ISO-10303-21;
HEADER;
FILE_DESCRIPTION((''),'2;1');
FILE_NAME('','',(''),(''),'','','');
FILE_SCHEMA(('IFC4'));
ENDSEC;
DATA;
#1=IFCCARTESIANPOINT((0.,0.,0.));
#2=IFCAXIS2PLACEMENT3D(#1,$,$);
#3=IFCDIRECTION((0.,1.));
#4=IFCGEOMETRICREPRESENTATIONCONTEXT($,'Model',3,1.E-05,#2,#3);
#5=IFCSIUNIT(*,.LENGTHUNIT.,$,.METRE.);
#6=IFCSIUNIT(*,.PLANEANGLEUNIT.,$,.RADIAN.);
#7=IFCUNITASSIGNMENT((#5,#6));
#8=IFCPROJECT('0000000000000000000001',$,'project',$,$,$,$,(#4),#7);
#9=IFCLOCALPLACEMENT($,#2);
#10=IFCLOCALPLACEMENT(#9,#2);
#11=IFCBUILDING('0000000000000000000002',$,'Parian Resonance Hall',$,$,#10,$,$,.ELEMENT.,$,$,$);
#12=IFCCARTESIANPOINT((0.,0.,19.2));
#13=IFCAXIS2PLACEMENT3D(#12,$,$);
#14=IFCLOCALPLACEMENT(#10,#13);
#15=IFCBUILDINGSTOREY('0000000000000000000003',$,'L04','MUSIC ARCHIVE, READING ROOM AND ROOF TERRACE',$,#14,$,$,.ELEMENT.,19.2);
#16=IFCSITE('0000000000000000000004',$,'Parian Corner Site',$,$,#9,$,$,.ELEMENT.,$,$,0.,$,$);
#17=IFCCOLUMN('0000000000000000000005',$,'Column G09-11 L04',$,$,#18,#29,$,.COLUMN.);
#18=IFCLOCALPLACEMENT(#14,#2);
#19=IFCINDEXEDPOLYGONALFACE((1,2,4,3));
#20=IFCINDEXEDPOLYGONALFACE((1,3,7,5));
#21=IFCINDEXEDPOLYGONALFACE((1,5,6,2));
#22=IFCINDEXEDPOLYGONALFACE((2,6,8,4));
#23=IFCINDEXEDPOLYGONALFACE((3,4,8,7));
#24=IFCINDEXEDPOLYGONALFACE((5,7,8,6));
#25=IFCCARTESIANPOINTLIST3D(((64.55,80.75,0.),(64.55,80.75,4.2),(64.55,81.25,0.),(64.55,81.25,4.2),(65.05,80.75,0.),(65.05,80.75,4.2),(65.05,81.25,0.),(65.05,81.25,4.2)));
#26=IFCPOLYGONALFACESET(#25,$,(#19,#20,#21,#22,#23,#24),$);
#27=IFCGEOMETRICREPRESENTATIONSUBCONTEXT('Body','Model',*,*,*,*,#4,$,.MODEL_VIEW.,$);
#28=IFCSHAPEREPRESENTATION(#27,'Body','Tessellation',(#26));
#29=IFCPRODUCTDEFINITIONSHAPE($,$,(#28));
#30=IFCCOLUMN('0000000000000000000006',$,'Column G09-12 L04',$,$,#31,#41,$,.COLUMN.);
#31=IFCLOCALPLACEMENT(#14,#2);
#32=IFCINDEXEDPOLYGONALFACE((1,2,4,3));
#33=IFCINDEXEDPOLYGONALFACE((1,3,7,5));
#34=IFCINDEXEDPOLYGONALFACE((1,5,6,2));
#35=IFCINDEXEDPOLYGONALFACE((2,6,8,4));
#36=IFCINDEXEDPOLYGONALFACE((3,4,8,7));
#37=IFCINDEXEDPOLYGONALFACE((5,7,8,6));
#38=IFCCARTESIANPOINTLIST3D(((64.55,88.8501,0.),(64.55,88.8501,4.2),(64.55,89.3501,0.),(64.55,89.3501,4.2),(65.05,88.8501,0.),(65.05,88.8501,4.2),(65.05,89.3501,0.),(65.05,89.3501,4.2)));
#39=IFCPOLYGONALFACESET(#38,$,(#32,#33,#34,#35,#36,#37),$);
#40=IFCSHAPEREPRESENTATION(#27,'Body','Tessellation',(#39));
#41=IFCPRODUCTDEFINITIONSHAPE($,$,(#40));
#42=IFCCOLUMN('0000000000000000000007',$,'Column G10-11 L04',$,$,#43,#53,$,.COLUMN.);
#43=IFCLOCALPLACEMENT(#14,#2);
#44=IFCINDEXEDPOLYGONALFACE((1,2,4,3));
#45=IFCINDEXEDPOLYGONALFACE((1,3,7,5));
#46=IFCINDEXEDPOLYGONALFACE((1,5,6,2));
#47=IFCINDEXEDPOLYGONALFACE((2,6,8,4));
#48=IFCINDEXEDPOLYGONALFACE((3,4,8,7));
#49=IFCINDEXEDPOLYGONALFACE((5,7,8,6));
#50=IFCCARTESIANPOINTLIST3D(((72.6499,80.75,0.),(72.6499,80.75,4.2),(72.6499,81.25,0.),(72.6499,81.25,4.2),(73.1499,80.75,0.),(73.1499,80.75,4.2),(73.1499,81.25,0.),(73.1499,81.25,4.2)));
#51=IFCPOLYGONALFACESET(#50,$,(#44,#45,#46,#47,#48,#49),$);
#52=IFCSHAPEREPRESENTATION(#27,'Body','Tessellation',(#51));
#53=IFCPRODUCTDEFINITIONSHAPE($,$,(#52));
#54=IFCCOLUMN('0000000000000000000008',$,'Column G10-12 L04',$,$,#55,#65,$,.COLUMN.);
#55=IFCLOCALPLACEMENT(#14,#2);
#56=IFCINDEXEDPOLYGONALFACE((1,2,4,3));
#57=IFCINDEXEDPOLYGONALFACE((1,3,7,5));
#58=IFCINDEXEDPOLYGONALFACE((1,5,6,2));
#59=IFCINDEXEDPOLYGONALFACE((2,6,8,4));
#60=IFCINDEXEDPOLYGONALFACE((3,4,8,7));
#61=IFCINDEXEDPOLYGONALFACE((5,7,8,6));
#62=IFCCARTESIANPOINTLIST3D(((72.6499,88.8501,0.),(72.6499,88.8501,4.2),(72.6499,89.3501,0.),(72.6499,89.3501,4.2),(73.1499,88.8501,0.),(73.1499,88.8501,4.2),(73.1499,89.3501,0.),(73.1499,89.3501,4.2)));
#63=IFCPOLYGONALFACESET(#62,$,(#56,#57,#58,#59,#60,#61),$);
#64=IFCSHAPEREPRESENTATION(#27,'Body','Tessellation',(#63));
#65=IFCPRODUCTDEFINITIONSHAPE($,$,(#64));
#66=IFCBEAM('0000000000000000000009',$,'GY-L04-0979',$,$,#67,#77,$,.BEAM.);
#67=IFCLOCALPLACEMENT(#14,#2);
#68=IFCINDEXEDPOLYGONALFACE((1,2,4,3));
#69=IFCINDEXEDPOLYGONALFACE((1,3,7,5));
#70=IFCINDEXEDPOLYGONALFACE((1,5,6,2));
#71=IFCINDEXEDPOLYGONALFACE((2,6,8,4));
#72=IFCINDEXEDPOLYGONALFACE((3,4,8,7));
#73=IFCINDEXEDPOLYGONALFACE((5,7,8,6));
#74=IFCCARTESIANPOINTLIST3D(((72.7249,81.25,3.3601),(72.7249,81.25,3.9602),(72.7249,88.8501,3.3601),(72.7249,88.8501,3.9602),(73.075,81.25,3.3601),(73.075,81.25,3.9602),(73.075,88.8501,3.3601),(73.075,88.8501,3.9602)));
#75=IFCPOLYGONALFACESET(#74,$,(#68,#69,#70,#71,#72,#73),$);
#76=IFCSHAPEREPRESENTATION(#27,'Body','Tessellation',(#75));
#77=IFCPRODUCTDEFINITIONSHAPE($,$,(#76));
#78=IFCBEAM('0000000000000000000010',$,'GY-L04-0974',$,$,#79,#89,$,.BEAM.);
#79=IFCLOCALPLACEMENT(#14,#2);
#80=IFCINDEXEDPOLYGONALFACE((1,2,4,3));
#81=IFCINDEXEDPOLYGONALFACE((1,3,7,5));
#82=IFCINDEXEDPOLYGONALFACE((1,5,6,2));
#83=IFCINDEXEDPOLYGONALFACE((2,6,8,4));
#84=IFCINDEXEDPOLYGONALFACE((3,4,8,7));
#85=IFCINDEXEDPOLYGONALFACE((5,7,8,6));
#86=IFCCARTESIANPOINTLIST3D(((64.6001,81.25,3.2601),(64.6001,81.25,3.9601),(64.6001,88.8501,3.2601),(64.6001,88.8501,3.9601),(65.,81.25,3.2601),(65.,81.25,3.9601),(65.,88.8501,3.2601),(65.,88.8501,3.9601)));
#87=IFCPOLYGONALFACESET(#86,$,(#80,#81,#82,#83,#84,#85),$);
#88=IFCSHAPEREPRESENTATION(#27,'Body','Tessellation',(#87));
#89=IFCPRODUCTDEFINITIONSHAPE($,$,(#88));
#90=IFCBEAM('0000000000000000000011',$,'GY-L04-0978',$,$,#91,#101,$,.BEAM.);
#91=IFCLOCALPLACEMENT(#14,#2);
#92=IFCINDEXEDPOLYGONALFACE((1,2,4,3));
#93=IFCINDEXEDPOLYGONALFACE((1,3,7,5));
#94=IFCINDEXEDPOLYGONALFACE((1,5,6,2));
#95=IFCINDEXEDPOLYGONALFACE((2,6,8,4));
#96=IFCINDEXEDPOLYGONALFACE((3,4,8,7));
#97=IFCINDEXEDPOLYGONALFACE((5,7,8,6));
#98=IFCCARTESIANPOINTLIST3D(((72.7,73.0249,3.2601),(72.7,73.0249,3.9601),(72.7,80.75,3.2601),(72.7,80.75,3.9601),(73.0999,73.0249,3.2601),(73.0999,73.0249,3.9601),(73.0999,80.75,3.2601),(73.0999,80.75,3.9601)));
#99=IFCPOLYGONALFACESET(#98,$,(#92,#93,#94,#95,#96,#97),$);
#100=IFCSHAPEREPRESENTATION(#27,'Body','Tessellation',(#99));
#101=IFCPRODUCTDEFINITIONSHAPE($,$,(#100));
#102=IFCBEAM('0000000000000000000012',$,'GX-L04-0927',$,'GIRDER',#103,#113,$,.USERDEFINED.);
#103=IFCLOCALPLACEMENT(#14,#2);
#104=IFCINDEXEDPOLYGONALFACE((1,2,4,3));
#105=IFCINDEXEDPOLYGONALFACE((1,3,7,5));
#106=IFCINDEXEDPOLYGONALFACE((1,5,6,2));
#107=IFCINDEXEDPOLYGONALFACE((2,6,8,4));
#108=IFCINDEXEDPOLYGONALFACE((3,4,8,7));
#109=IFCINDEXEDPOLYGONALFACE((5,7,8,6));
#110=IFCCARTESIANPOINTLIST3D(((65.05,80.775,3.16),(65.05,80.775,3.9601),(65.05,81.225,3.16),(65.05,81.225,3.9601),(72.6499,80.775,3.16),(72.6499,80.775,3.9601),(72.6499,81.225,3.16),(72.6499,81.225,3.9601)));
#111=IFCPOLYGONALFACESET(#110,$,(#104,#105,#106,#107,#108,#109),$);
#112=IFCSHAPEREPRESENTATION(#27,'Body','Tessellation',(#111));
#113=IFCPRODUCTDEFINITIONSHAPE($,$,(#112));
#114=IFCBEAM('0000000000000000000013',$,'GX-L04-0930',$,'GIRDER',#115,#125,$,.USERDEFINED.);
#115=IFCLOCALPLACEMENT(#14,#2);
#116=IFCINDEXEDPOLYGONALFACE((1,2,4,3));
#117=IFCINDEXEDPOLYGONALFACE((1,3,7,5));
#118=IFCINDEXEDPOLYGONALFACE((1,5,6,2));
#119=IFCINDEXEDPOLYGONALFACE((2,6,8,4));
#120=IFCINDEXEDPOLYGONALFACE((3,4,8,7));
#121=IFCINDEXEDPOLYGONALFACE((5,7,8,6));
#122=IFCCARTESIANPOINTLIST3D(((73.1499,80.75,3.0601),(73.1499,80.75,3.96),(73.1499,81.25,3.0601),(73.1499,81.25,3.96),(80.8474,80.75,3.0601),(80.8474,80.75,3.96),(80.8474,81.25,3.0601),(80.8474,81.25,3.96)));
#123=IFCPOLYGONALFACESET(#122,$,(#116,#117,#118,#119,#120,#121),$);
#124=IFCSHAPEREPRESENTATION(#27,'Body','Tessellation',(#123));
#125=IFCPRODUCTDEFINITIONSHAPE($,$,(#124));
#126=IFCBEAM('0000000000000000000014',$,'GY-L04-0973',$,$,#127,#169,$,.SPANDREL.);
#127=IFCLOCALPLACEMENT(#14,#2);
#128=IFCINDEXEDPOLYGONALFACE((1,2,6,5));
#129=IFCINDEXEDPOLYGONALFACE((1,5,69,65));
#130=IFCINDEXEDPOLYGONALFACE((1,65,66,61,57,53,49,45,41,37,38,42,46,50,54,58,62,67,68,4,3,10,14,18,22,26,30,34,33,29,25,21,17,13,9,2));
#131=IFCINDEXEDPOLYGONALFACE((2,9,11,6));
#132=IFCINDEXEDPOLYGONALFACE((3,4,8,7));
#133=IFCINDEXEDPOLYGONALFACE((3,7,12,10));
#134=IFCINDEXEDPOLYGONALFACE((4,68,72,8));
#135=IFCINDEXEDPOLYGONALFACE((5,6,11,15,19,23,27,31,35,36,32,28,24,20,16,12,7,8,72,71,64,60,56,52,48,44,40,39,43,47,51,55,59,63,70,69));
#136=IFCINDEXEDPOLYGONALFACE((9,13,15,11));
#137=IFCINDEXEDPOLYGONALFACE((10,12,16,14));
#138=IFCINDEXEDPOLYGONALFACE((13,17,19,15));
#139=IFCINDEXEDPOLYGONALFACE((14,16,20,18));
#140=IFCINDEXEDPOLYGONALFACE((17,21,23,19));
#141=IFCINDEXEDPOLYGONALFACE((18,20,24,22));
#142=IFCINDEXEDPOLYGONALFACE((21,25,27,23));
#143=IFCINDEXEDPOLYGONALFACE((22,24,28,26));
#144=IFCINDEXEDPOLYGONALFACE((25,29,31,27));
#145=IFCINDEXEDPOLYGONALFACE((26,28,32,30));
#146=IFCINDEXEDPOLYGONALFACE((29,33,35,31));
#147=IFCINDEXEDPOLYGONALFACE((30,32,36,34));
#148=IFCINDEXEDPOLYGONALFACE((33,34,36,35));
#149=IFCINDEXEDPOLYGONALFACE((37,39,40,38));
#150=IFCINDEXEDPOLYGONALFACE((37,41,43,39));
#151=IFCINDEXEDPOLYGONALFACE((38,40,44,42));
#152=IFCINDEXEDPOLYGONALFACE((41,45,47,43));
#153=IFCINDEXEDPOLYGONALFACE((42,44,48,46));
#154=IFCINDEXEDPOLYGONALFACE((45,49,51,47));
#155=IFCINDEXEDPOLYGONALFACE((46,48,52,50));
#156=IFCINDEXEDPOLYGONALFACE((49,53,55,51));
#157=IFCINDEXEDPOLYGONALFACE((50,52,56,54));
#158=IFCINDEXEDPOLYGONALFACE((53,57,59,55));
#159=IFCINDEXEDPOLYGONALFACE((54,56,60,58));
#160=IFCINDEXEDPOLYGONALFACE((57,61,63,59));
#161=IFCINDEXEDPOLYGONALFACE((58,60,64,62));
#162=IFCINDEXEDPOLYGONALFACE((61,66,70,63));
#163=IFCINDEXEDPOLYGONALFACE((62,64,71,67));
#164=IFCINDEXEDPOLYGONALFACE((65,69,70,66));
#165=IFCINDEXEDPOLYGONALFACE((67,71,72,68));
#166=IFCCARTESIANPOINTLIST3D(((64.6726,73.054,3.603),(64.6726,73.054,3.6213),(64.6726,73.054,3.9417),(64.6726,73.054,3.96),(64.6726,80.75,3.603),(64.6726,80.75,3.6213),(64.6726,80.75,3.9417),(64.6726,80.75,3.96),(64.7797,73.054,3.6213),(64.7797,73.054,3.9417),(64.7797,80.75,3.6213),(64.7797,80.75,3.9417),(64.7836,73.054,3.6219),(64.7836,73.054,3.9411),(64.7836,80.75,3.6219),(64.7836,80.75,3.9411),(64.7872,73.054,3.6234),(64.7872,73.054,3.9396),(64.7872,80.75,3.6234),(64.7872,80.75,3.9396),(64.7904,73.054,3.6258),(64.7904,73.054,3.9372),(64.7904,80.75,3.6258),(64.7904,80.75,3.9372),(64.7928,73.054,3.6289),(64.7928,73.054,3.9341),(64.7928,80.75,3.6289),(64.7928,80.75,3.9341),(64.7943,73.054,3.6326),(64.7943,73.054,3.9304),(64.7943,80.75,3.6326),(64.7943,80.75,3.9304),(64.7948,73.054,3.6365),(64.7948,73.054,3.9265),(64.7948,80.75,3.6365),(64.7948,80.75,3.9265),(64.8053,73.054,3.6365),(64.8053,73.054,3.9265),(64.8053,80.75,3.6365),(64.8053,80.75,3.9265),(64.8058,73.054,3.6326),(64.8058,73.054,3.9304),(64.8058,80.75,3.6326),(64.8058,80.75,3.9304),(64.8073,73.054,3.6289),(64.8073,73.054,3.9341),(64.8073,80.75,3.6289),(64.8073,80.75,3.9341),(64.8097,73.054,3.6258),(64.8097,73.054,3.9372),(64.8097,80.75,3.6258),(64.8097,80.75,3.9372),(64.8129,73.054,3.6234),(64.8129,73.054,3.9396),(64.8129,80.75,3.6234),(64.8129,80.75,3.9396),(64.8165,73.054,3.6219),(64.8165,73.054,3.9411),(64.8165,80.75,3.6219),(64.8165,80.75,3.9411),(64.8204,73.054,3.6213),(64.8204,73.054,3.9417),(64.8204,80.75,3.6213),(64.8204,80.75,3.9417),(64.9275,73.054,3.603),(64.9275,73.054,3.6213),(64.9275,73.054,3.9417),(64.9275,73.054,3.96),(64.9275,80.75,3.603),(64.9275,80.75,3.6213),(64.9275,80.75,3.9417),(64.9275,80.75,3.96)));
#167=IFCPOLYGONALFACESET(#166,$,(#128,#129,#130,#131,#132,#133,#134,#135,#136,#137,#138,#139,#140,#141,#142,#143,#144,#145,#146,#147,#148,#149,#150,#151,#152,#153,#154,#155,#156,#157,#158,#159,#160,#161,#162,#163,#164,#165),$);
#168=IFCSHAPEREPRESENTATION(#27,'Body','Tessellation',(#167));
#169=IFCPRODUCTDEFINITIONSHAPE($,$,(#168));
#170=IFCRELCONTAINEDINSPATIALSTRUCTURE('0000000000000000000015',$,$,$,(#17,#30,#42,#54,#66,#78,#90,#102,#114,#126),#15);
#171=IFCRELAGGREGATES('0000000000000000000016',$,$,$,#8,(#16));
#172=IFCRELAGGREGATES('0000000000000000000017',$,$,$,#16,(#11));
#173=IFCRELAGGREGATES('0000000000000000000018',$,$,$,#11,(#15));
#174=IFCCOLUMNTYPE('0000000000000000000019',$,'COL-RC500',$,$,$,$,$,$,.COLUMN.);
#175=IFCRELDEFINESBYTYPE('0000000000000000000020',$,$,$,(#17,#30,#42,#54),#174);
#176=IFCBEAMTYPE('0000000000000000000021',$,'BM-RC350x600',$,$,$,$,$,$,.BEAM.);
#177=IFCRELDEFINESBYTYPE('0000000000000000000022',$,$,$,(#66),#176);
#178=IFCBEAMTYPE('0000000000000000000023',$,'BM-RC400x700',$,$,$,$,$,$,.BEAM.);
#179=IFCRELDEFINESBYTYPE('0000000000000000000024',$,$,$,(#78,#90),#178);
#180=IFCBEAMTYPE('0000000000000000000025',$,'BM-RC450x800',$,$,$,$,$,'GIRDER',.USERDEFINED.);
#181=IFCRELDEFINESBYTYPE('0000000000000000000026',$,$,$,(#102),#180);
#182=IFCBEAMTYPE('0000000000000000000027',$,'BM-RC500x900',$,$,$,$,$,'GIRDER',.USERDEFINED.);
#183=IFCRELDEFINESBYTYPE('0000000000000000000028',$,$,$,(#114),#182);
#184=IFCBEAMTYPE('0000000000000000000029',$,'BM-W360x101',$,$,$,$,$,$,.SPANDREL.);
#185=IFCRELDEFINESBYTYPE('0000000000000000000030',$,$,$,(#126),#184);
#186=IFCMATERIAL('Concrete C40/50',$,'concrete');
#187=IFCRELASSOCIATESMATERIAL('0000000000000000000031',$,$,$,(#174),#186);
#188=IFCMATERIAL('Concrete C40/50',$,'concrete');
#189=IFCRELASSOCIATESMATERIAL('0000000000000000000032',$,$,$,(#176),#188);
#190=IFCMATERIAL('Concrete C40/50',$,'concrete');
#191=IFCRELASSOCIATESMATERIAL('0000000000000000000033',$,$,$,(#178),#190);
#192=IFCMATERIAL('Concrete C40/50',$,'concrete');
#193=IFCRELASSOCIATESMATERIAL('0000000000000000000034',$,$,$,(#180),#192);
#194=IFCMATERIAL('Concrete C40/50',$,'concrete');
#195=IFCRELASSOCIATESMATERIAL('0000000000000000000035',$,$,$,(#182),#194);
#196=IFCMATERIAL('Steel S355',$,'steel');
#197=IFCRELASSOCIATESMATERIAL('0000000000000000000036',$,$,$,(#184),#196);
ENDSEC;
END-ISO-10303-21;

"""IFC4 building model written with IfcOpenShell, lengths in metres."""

from ifc_helpers import new_model, si_unit, direction, frame, origin, origin_2d, place, context, subcontext, project, spatial, rectangle, i_section, extrude, material, material_profile, profile_set, type_object, element, save


model = new_model("IFC4")

# Units and contexts
model_context = context("Model", 3, precision=1e-05, world=origin(), true_north=direction((0.0, 1.0)))
body_context = subcontext(model_context, "Body", "Model", "MODEL_VIEW")
ifc_project = project(units=[si_unit("LENGTHUNIT", "METRE"), si_unit("PLANEANGLEUNIT", "RADIAN")], contexts=[model_context])

# Site, building, storey
site_placement = place(None, origin())
site = spatial("IfcSite", under=ifc_project, at=site_placement, Name="Parian Corner Site", CompositionType="ELEMENT", RefElevation=0.0)
building_placement = place(site_placement, origin())
building = spatial("IfcBuilding", under=site, at=building_placement, Name="Parian Resonance Hall", CompositionType="ELEMENT")
storey_placement = place(building_placement, frame((0.0, 0.0, 19.2)))
storey = spatial("IfcBuildingStorey", under=building, at=storey_placement, Name="L04", Description="MUSIC ARCHIVE, READING ROOM AND ROOF TERRACE", CompositionType="ELEMENT", Elevation=19.2)

# Columns
ifc_material_1 = material(Name="Concrete C40/50", Category="concrete")
ifc_material_profile_1 = material_profile(ifc_material_1, rectangle(XDim=0.5, YDim=0.5, at=origin_2d()), Name="RC-COL-500x500")
ifc_profile_set_1 = profile_set([ifc_material_profile_1], Name="Concrete C40/50")
column_type = type_object("IfcColumnType", Name="COL-RC500", PredefinedType="COLUMN", material=ifc_profile_set_1)
for number, where, z_axis, x_axis, name in (
    (1, (64.8, 81.0, 0.0), (0.0, 0.0, 1.0), (1.0, 0.0, 0.0), "Column G09-11 L04"),
    (2, (64.8, 89.1001, 0.0), (0.0, 0.0, 1.0), (1.0, 0.0, 0.0), "Column G09-12 L04"),
    (3, (72.8999, 81.0, 0.0), (0.0, 0.0, 1.0), (1.0, 0.0, 0.0), "Column G10-11 L04"),
    (4, (72.8999, 89.1001, 0.0), (0.0, 0.0, 1.0), (1.0, 0.0, 0.0), "Column G10-12 L04"),
):
    element("IfcColumn", number, at=place(storey_placement, frame(where, z_axis=z_axis, x_axis=x_axis)), inside=storey, type_object=column_type, Name=name, PredefinedType="COLUMN", context=body_context, shape_type="SweptSolid", body=[
        extrude(rectangle(XDim=0.5, YDim=0.5, at=origin_2d()), origin(), (0.0, 0.0, 1.0), 4.2),
    ])

# Beams
ifc_material_2 = material(Name="Concrete C40/50", Category="concrete")
ifc_material_profile_2 = material_profile(ifc_material_2, rectangle(XDim=0.3501, YDim=0.6001, at=origin_2d()), Name="RC-BM-350x600")
ifc_profile_set_2 = profile_set([ifc_material_profile_2], Name="Concrete C40/50")
beam_type_1 = type_object("IfcBeamType", Name="BM-RC350x600", PredefinedType="BEAM", material=ifc_profile_set_2)
beam_1_placement = place(storey_placement, frame((72.8999, 81.25, 3.6602), z_axis=(0.0, 1.0, 0.0), x_axis=(-1.0, 0.0, 0.0)))
element("IfcBeam", 5, at=beam_1_placement, inside=storey, type_object=beam_type_1, Name="GY-L04-0979", PredefinedType="BEAM", context=body_context, shape_type="SweptSolid", body=[
    extrude(rectangle(XDim=0.3501, YDim=0.6001, at=origin_2d()), origin(), (0.0, 0.0, 1.0), 7.6001),
])
ifc_material_3 = material(Name="Concrete C40/50", Category="concrete")
ifc_material_profile_3 = material_profile(ifc_material_3, rectangle(XDim=0.3999, YDim=0.7, at=origin_2d()), Name="RC-BM-400x700")
ifc_profile_set_3 = profile_set([ifc_material_profile_3], Name="Concrete C40/50")
beam_type_2 = type_object("IfcBeamType", Name="BM-RC400x700", PredefinedType="BEAM", material=ifc_profile_set_3)
beam_2_placement = place(storey_placement, frame((64.8, 81.25, 3.6101), z_axis=(0.0, 1.0, 0.0), x_axis=(-1.0, 0.0, 0.0)))
element("IfcBeam", 6, at=beam_2_placement, inside=storey, type_object=beam_type_2, Name="GY-L04-0974", PredefinedType="BEAM", context=body_context, shape_type="SweptSolid", body=[
    extrude(rectangle(XDim=0.3999, YDim=0.7, at=origin_2d()), origin(), (0.0, 0.0, 1.0), 7.6001),
])
beam_3_placement = place(storey_placement, frame((72.8999, 73.0249, 3.6101), z_axis=(0.0, 1.0, 0.0), x_axis=(-1.0, 0.0, 0.0)))
element("IfcBeam", 7, at=beam_3_placement, inside=storey, type_object=beam_type_2, Name="GY-L04-0978", PredefinedType="BEAM", context=body_context, shape_type="SweptSolid", body=[
    extrude(rectangle(XDim=0.3999, YDim=0.7, at=origin_2d()), origin(), (0.0, 0.0, 1.0), 7.7251),
])
ifc_material_4 = material(Name="Concrete C40/50", Category="concrete")
ifc_material_profile_4 = material_profile(ifc_material_4, rectangle(XDim=0.45, YDim=0.8, at=origin_2d()), Name="RC-BM-450x800")
ifc_profile_set_4 = profile_set([ifc_material_profile_4], Name="Concrete C40/50")
beam_type_3 = type_object("IfcBeamType", Name="BM-RC450x800", ElementType="GIRDER", PredefinedType="USERDEFINED", material=ifc_profile_set_4)
beam_4_placement = place(storey_placement, frame((65.05, 81.0, 3.5601), z_axis=(1.0, 0.0, 0.0), x_axis=(0.0, 1.0, 0.0)))
element("IfcBeam", 8, at=beam_4_placement, inside=storey, type_object=beam_type_3, Name="GX-L04-0927", ObjectType="GIRDER", PredefinedType="USERDEFINED", context=body_context, shape_type="SweptSolid", body=[
    extrude(rectangle(XDim=0.45, YDim=0.8, at=origin_2d()), origin(), (0.0, 0.0, 1.0), 7.5999),
])
ifc_material_5 = material(Name="Concrete C40/50", Category="concrete")
ifc_material_profile_5 = material_profile(ifc_material_5, rectangle(XDim=0.5, YDim=0.8999, at=origin_2d()), Name="RC-BM-500x900")
ifc_profile_set_5 = profile_set([ifc_material_profile_5], Name="Concrete C40/50")
beam_type_4 = type_object("IfcBeamType", Name="BM-RC500x900", ElementType="GIRDER", PredefinedType="USERDEFINED", material=ifc_profile_set_5)
beam_5_placement = place(storey_placement, frame((73.1499, 81.0, 3.51), z_axis=(1.0, 0.0, 0.0), x_axis=(0.0, 1.0, 0.0)))
element("IfcBeam", 9, at=beam_5_placement, inside=storey, type_object=beam_type_4, Name="GX-L04-0930", ObjectType="GIRDER", PredefinedType="USERDEFINED", context=body_context, shape_type="SweptSolid", body=[
    extrude(rectangle(XDim=0.5, YDim=0.8999, at=origin_2d()), origin(), (0.0, 0.0, 1.0), 7.6975),
])
ifc_material_6 = material(Name="Steel S355", Category="steel")
ifc_material_profile_6 = material_profile(ifc_material_6, i_section(OverallWidth=0.2549, OverallDepth=0.3569, WebThickness=0.0105, FlangeThickness=0.0183, FilletRadius=0.0151, at=origin_2d()), Name="W360x101")
ifc_profile_set_6 = profile_set([ifc_material_profile_6], Name="Steel S355")
beam_type_5 = type_object("IfcBeamType", Name="BM-W360x101", PredefinedType="SPANDREL", material=ifc_profile_set_6)
beam_6_placement = place(storey_placement, frame((64.8, 73.054, 3.7815), z_axis=(0.0, 1.0, 0.0), x_axis=(-1.0, 0.0, 0.0)))
element("IfcBeam", 10, at=beam_6_placement, inside=storey, type_object=beam_type_5, Name="GY-L04-0973", PredefinedType="SPANDREL", context=body_context, shape_type="SweptSolid", body=[
    extrude(i_section(OverallWidth=0.2549, OverallDepth=0.3569, WebThickness=0.0105, FlangeThickness=0.0183, FilletRadius=0.0151, at=origin_2d()), origin(), (0.0, 0.0, 1.0), 7.696),
])

save(model, "model.ifc")
